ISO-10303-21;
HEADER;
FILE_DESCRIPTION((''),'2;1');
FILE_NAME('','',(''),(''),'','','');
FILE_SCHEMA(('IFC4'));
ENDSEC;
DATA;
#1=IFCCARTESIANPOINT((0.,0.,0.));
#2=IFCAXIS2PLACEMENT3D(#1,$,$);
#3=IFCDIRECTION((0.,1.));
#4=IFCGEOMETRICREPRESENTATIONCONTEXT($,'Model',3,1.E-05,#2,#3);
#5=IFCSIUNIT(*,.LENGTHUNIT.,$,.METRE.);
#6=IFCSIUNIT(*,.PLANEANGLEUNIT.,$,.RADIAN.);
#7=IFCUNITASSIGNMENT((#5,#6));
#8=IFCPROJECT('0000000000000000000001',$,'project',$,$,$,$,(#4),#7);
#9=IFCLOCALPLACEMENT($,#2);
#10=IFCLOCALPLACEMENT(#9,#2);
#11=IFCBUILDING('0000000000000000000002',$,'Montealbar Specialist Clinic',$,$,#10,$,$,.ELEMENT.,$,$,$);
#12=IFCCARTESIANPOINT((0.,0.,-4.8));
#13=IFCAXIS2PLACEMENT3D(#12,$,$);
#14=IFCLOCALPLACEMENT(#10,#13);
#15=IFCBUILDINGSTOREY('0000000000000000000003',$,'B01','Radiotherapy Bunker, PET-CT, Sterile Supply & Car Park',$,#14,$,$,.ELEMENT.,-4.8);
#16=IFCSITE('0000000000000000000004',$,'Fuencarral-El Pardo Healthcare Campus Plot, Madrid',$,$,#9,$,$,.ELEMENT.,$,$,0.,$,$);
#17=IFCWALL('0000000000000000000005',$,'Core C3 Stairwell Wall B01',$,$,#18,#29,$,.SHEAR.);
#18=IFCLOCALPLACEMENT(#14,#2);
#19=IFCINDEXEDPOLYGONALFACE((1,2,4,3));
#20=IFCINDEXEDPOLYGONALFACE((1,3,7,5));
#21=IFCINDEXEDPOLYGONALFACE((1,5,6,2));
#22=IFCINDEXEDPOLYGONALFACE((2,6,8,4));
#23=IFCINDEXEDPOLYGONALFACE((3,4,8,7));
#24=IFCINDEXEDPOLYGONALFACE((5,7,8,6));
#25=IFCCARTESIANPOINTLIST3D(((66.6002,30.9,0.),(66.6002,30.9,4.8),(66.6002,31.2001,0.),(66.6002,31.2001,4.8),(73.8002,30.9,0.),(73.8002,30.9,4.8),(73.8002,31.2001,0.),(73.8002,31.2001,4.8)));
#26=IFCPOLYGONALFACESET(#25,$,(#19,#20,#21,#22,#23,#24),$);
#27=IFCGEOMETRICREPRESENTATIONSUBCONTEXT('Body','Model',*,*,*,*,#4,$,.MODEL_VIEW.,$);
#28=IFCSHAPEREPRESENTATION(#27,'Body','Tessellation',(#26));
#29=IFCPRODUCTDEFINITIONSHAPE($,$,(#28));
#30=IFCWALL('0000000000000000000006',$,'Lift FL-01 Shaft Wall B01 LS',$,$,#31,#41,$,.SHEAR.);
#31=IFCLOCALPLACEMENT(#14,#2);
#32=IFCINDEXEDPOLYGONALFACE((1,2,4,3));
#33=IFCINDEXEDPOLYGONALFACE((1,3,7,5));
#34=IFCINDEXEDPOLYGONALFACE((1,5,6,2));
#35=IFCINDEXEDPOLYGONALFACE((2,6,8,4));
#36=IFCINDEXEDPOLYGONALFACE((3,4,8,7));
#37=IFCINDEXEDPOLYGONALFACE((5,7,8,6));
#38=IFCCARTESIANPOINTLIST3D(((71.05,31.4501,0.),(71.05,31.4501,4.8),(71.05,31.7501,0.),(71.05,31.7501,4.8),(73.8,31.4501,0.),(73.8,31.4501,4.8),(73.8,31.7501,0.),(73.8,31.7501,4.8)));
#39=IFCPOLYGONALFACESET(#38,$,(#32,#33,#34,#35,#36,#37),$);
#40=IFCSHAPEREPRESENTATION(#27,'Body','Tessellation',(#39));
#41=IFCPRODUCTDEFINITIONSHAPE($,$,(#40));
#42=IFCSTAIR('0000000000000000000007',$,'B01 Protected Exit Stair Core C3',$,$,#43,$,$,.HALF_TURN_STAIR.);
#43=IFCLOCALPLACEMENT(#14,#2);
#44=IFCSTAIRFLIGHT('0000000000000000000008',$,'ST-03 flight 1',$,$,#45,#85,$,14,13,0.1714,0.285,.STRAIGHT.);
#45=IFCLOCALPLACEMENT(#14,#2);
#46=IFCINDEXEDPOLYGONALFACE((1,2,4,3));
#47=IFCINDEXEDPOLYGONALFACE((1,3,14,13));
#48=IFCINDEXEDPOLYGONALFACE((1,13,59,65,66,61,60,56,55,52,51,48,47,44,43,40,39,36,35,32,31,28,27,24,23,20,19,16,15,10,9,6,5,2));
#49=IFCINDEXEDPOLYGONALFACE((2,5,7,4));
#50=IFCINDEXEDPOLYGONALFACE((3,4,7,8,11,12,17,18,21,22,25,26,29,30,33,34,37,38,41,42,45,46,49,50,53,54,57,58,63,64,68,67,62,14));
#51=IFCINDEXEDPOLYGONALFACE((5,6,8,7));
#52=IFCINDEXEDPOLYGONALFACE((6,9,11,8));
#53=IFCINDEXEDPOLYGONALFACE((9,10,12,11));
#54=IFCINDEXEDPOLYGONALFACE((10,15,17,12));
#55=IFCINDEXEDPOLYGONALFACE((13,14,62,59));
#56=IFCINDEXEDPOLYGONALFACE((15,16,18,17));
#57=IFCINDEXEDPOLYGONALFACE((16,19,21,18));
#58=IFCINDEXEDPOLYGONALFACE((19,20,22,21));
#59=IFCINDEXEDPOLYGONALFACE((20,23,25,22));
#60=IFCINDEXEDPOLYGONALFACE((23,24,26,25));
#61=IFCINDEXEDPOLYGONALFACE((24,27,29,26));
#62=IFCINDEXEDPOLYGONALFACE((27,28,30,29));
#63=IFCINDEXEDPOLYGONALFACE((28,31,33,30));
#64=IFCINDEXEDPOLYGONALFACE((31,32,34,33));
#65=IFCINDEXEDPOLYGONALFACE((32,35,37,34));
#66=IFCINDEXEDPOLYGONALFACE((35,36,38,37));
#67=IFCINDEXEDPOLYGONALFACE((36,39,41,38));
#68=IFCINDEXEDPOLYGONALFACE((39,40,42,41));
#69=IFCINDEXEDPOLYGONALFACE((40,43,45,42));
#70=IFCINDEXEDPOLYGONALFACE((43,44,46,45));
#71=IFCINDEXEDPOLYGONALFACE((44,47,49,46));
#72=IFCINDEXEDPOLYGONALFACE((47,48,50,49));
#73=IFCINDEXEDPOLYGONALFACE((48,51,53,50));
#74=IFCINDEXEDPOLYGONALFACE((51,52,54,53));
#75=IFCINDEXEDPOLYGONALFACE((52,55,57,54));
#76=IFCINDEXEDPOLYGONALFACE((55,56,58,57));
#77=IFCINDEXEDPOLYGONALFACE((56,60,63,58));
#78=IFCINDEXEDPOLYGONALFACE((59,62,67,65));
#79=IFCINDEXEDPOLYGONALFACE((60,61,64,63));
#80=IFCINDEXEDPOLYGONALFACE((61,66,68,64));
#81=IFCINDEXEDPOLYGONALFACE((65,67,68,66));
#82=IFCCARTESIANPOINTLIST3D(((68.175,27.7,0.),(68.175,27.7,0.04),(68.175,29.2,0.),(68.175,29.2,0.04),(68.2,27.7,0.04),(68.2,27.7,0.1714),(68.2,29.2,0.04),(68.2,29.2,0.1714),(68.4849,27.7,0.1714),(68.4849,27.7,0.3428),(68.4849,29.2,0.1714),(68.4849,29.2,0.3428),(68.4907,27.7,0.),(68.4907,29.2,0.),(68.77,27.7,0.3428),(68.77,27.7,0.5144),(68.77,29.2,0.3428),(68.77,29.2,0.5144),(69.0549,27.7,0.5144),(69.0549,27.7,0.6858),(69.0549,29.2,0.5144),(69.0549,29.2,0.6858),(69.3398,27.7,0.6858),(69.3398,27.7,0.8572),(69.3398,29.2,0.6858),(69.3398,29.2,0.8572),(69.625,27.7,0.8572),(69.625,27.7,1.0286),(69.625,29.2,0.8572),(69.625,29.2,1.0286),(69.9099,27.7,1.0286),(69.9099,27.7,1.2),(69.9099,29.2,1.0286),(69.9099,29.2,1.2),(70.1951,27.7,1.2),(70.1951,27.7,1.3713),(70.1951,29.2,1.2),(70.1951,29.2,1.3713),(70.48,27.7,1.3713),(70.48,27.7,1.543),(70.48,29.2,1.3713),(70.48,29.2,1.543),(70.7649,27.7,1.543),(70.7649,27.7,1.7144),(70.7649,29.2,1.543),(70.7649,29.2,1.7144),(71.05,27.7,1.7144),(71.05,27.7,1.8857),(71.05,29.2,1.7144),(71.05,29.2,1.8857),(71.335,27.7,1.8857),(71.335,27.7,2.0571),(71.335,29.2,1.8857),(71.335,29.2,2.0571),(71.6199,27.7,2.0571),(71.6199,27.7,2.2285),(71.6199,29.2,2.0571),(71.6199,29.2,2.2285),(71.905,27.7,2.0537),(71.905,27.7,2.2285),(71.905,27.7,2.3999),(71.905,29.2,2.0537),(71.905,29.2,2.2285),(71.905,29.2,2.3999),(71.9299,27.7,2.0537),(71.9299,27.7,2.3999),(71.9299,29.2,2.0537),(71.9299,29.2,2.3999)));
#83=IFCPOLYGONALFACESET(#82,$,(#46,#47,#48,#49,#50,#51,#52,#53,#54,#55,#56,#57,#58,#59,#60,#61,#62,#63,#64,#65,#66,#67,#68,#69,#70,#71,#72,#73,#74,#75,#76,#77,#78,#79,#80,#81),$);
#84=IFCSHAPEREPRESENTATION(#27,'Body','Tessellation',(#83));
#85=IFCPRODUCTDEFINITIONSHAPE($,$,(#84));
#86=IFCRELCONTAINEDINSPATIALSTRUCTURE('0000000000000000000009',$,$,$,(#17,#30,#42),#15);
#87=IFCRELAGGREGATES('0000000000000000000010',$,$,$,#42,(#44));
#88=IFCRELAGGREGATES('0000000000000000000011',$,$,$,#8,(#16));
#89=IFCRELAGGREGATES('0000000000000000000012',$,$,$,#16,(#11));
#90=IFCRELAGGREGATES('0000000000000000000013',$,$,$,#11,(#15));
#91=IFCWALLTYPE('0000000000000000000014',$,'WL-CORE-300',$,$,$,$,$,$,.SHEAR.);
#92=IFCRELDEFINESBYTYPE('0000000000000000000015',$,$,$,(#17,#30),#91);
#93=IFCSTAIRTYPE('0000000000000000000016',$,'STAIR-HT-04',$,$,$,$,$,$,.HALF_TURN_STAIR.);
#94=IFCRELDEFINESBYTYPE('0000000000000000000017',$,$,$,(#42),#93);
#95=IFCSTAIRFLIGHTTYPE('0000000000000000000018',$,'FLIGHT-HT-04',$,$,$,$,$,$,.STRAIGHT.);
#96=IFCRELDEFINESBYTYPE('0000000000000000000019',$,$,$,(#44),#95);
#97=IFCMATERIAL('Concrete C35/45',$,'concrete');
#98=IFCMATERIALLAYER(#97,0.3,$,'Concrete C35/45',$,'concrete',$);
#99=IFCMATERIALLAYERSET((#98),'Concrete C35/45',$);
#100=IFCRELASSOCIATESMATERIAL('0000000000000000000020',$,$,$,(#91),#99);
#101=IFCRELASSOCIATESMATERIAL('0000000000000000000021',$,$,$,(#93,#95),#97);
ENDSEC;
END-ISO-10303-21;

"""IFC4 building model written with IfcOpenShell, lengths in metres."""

from ifc_helpers import new_model, si_unit, direction, frame, frame_2d, origin, place, context, subcontext, project, spatial, polyline, rectangle, outline, extrude, material, layer, layer_set, type_object, element, aggregate, save


model = new_model("IFC4")

# Units and contexts
model_context = context("Model", 3, precision=1e-05, world=origin(), true_north=direction((0.0, 1.0)))
body_context = subcontext(model_context, "Body", "Model", "MODEL_VIEW")
ifc_project = project(units=[si_unit("LENGTHUNIT", "METRE"), si_unit("PLANEANGLEUNIT", "RADIAN")], contexts=[model_context])

# Site, building, storey
site_placement = place(None, origin())
site = spatial("IfcSite", under=ifc_project, at=site_placement, Name="Fuencarral-El Pardo Healthcare Campus Plot, Madrid", CompositionType="ELEMENT", RefElevation=0.0)
building_placement = place(site_placement, origin())
building = spatial("IfcBuilding", under=site, at=building_placement, Name="Montealbar Specialist Clinic", CompositionType="ELEMENT")
storey_placement = place(building_placement, frame((0.0, 0.0, -4.8)))
storey = spatial("IfcBuildingStorey", under=building, at=storey_placement, Name="B01", Description="Radiotherapy Bunker, PET-CT, Sterile Supply & Car Park", CompositionType="ELEMENT", Elevation=-4.8)

# Shared definitions
ifc_material_1 = material(Name="Concrete C35/45", Category="concrete")

# Walls
ifc_layer_1 = layer(ifc_material_1, 0.3, Name="Concrete C35/45", Category="concrete")
ifc_layer_set_1 = layer_set([ifc_layer_1], Name="Concrete C35/45")
wall_type_1 = type_object("IfcWallType", Name="WL-CORE-300", PredefinedType="SHEAR", material=ifc_layer_set_1)
wall_1_placement = place(storey_placement, frame((66.6001, 31.05, 0.0), z_axis=(0.0, 0.0, 1.0), x_axis=(1.0, 0.0, 0.0)))
element("IfcWall", 1, at=wall_1_placement, inside=storey, type_object=wall_type_1, Name="Core C3 Stairwell Wall B01", PredefinedType="SHEAR", context=body_context, shape_type="SweptSolid", body=[
    extrude(rectangle(XDim=7.2, YDim=0.3, at=frame_2d((3.6001, 0.0))), origin(), (0.0, 0.0, 1.0), 4.8),
])
wall_2_placement = place(storey_placement, frame((71.05, 31.6001, 0.0), z_axis=(0.0, 0.0, 1.0), x_axis=(1.0, 0.0, 0.0)))
element("IfcWall", 2, at=wall_2_placement, inside=storey, type_object=wall_type_1, Name="Lift FL-01 Shaft Wall B01 LS", PredefinedType="SHEAR", context=body_context, shape_type="SweptSolid", body=[
    extrude(rectangle(XDim=2.75, YDim=0.3, at=frame_2d((1.375, 0.0))), origin(), (0.0, 0.0, 1.0), 4.8),
])

# Stair, stair flight
stair_type = type_object("IfcStairType", Name="STAIR-HT-04", PredefinedType="HALF_TURN_STAIR", material=ifc_material_1)
stair_placement = place(storey_placement, origin())
stair = element("IfcStair", 3, at=stair_placement, inside=storey, type_object=stair_type, Name="B01 Protected Exit Stair Core C3", PredefinedType="HALF_TURN_STAIR")
stair_flight_type = type_object("IfcStairFlightType", Name="FLIGHT-HT-04", PredefinedType="STRAIGHT", material=ifc_material_1)
stair_flight_placement = place(storey_placement, frame((68.2, 28.45, 0.0), z_axis=(0.0, 0.0, 1.0), x_axis=(1.0, 0.0, 0.0)))
stair_flight = element("IfcStairFlight", 4, at=stair_flight_placement, type_object=stair_flight_type, Name="ST-03 flight 1", NumberOfRisers=14, NumberOfTreads=13, PredefinedType="STRAIGHT", RiserHeight=0.1714, TreadLength=0.285, context=body_context, shape_type="SweptSolid", body=[
    extrude(outline(polyline([(-0.0249, 0.0), (-0.0249, 0.04), (0.0, 0.04), (0.0, 0.1714), (0.2849, 0.1714), (0.2849, 0.3428), (0.5701, 0.3428), (0.5701, 0.5144), (0.855, 0.5144), (0.855, 0.6858), (1.1399, 0.6858), (1.1399, 0.8572), (1.425, 0.8572), (1.425, 1.0286), (1.71, 1.0286), (1.71, 1.2), (1.9951, 1.2), (1.9951, 1.3713), (2.28, 1.3713), (2.28, 1.543), (2.5649, 1.543), (2.5649, 1.7144), (2.8501, 1.7144), (2.8501, 1.8857), (3.135, 1.8857), (3.135, 2.0571), (3.4199, 2.0571), (3.4199, 2.2285), (3.7051, 2.2285), (3.7051, 2.3999), (3.73, 2.3999), (3.73, 2.0537), (3.7051, 2.0537), (0.2908, 0.0), (-0.0249, 0.0)])), frame((0.0, 0.75, 0.0), z_axis=(0.0, -1.0, 0.0), x_axis=(1.0, 0.0, 0.0)), (0.0, 0.0, 1.0), 1.5),
])
aggregate(stair, [stair_flight])

save(model, "model.ifc")
